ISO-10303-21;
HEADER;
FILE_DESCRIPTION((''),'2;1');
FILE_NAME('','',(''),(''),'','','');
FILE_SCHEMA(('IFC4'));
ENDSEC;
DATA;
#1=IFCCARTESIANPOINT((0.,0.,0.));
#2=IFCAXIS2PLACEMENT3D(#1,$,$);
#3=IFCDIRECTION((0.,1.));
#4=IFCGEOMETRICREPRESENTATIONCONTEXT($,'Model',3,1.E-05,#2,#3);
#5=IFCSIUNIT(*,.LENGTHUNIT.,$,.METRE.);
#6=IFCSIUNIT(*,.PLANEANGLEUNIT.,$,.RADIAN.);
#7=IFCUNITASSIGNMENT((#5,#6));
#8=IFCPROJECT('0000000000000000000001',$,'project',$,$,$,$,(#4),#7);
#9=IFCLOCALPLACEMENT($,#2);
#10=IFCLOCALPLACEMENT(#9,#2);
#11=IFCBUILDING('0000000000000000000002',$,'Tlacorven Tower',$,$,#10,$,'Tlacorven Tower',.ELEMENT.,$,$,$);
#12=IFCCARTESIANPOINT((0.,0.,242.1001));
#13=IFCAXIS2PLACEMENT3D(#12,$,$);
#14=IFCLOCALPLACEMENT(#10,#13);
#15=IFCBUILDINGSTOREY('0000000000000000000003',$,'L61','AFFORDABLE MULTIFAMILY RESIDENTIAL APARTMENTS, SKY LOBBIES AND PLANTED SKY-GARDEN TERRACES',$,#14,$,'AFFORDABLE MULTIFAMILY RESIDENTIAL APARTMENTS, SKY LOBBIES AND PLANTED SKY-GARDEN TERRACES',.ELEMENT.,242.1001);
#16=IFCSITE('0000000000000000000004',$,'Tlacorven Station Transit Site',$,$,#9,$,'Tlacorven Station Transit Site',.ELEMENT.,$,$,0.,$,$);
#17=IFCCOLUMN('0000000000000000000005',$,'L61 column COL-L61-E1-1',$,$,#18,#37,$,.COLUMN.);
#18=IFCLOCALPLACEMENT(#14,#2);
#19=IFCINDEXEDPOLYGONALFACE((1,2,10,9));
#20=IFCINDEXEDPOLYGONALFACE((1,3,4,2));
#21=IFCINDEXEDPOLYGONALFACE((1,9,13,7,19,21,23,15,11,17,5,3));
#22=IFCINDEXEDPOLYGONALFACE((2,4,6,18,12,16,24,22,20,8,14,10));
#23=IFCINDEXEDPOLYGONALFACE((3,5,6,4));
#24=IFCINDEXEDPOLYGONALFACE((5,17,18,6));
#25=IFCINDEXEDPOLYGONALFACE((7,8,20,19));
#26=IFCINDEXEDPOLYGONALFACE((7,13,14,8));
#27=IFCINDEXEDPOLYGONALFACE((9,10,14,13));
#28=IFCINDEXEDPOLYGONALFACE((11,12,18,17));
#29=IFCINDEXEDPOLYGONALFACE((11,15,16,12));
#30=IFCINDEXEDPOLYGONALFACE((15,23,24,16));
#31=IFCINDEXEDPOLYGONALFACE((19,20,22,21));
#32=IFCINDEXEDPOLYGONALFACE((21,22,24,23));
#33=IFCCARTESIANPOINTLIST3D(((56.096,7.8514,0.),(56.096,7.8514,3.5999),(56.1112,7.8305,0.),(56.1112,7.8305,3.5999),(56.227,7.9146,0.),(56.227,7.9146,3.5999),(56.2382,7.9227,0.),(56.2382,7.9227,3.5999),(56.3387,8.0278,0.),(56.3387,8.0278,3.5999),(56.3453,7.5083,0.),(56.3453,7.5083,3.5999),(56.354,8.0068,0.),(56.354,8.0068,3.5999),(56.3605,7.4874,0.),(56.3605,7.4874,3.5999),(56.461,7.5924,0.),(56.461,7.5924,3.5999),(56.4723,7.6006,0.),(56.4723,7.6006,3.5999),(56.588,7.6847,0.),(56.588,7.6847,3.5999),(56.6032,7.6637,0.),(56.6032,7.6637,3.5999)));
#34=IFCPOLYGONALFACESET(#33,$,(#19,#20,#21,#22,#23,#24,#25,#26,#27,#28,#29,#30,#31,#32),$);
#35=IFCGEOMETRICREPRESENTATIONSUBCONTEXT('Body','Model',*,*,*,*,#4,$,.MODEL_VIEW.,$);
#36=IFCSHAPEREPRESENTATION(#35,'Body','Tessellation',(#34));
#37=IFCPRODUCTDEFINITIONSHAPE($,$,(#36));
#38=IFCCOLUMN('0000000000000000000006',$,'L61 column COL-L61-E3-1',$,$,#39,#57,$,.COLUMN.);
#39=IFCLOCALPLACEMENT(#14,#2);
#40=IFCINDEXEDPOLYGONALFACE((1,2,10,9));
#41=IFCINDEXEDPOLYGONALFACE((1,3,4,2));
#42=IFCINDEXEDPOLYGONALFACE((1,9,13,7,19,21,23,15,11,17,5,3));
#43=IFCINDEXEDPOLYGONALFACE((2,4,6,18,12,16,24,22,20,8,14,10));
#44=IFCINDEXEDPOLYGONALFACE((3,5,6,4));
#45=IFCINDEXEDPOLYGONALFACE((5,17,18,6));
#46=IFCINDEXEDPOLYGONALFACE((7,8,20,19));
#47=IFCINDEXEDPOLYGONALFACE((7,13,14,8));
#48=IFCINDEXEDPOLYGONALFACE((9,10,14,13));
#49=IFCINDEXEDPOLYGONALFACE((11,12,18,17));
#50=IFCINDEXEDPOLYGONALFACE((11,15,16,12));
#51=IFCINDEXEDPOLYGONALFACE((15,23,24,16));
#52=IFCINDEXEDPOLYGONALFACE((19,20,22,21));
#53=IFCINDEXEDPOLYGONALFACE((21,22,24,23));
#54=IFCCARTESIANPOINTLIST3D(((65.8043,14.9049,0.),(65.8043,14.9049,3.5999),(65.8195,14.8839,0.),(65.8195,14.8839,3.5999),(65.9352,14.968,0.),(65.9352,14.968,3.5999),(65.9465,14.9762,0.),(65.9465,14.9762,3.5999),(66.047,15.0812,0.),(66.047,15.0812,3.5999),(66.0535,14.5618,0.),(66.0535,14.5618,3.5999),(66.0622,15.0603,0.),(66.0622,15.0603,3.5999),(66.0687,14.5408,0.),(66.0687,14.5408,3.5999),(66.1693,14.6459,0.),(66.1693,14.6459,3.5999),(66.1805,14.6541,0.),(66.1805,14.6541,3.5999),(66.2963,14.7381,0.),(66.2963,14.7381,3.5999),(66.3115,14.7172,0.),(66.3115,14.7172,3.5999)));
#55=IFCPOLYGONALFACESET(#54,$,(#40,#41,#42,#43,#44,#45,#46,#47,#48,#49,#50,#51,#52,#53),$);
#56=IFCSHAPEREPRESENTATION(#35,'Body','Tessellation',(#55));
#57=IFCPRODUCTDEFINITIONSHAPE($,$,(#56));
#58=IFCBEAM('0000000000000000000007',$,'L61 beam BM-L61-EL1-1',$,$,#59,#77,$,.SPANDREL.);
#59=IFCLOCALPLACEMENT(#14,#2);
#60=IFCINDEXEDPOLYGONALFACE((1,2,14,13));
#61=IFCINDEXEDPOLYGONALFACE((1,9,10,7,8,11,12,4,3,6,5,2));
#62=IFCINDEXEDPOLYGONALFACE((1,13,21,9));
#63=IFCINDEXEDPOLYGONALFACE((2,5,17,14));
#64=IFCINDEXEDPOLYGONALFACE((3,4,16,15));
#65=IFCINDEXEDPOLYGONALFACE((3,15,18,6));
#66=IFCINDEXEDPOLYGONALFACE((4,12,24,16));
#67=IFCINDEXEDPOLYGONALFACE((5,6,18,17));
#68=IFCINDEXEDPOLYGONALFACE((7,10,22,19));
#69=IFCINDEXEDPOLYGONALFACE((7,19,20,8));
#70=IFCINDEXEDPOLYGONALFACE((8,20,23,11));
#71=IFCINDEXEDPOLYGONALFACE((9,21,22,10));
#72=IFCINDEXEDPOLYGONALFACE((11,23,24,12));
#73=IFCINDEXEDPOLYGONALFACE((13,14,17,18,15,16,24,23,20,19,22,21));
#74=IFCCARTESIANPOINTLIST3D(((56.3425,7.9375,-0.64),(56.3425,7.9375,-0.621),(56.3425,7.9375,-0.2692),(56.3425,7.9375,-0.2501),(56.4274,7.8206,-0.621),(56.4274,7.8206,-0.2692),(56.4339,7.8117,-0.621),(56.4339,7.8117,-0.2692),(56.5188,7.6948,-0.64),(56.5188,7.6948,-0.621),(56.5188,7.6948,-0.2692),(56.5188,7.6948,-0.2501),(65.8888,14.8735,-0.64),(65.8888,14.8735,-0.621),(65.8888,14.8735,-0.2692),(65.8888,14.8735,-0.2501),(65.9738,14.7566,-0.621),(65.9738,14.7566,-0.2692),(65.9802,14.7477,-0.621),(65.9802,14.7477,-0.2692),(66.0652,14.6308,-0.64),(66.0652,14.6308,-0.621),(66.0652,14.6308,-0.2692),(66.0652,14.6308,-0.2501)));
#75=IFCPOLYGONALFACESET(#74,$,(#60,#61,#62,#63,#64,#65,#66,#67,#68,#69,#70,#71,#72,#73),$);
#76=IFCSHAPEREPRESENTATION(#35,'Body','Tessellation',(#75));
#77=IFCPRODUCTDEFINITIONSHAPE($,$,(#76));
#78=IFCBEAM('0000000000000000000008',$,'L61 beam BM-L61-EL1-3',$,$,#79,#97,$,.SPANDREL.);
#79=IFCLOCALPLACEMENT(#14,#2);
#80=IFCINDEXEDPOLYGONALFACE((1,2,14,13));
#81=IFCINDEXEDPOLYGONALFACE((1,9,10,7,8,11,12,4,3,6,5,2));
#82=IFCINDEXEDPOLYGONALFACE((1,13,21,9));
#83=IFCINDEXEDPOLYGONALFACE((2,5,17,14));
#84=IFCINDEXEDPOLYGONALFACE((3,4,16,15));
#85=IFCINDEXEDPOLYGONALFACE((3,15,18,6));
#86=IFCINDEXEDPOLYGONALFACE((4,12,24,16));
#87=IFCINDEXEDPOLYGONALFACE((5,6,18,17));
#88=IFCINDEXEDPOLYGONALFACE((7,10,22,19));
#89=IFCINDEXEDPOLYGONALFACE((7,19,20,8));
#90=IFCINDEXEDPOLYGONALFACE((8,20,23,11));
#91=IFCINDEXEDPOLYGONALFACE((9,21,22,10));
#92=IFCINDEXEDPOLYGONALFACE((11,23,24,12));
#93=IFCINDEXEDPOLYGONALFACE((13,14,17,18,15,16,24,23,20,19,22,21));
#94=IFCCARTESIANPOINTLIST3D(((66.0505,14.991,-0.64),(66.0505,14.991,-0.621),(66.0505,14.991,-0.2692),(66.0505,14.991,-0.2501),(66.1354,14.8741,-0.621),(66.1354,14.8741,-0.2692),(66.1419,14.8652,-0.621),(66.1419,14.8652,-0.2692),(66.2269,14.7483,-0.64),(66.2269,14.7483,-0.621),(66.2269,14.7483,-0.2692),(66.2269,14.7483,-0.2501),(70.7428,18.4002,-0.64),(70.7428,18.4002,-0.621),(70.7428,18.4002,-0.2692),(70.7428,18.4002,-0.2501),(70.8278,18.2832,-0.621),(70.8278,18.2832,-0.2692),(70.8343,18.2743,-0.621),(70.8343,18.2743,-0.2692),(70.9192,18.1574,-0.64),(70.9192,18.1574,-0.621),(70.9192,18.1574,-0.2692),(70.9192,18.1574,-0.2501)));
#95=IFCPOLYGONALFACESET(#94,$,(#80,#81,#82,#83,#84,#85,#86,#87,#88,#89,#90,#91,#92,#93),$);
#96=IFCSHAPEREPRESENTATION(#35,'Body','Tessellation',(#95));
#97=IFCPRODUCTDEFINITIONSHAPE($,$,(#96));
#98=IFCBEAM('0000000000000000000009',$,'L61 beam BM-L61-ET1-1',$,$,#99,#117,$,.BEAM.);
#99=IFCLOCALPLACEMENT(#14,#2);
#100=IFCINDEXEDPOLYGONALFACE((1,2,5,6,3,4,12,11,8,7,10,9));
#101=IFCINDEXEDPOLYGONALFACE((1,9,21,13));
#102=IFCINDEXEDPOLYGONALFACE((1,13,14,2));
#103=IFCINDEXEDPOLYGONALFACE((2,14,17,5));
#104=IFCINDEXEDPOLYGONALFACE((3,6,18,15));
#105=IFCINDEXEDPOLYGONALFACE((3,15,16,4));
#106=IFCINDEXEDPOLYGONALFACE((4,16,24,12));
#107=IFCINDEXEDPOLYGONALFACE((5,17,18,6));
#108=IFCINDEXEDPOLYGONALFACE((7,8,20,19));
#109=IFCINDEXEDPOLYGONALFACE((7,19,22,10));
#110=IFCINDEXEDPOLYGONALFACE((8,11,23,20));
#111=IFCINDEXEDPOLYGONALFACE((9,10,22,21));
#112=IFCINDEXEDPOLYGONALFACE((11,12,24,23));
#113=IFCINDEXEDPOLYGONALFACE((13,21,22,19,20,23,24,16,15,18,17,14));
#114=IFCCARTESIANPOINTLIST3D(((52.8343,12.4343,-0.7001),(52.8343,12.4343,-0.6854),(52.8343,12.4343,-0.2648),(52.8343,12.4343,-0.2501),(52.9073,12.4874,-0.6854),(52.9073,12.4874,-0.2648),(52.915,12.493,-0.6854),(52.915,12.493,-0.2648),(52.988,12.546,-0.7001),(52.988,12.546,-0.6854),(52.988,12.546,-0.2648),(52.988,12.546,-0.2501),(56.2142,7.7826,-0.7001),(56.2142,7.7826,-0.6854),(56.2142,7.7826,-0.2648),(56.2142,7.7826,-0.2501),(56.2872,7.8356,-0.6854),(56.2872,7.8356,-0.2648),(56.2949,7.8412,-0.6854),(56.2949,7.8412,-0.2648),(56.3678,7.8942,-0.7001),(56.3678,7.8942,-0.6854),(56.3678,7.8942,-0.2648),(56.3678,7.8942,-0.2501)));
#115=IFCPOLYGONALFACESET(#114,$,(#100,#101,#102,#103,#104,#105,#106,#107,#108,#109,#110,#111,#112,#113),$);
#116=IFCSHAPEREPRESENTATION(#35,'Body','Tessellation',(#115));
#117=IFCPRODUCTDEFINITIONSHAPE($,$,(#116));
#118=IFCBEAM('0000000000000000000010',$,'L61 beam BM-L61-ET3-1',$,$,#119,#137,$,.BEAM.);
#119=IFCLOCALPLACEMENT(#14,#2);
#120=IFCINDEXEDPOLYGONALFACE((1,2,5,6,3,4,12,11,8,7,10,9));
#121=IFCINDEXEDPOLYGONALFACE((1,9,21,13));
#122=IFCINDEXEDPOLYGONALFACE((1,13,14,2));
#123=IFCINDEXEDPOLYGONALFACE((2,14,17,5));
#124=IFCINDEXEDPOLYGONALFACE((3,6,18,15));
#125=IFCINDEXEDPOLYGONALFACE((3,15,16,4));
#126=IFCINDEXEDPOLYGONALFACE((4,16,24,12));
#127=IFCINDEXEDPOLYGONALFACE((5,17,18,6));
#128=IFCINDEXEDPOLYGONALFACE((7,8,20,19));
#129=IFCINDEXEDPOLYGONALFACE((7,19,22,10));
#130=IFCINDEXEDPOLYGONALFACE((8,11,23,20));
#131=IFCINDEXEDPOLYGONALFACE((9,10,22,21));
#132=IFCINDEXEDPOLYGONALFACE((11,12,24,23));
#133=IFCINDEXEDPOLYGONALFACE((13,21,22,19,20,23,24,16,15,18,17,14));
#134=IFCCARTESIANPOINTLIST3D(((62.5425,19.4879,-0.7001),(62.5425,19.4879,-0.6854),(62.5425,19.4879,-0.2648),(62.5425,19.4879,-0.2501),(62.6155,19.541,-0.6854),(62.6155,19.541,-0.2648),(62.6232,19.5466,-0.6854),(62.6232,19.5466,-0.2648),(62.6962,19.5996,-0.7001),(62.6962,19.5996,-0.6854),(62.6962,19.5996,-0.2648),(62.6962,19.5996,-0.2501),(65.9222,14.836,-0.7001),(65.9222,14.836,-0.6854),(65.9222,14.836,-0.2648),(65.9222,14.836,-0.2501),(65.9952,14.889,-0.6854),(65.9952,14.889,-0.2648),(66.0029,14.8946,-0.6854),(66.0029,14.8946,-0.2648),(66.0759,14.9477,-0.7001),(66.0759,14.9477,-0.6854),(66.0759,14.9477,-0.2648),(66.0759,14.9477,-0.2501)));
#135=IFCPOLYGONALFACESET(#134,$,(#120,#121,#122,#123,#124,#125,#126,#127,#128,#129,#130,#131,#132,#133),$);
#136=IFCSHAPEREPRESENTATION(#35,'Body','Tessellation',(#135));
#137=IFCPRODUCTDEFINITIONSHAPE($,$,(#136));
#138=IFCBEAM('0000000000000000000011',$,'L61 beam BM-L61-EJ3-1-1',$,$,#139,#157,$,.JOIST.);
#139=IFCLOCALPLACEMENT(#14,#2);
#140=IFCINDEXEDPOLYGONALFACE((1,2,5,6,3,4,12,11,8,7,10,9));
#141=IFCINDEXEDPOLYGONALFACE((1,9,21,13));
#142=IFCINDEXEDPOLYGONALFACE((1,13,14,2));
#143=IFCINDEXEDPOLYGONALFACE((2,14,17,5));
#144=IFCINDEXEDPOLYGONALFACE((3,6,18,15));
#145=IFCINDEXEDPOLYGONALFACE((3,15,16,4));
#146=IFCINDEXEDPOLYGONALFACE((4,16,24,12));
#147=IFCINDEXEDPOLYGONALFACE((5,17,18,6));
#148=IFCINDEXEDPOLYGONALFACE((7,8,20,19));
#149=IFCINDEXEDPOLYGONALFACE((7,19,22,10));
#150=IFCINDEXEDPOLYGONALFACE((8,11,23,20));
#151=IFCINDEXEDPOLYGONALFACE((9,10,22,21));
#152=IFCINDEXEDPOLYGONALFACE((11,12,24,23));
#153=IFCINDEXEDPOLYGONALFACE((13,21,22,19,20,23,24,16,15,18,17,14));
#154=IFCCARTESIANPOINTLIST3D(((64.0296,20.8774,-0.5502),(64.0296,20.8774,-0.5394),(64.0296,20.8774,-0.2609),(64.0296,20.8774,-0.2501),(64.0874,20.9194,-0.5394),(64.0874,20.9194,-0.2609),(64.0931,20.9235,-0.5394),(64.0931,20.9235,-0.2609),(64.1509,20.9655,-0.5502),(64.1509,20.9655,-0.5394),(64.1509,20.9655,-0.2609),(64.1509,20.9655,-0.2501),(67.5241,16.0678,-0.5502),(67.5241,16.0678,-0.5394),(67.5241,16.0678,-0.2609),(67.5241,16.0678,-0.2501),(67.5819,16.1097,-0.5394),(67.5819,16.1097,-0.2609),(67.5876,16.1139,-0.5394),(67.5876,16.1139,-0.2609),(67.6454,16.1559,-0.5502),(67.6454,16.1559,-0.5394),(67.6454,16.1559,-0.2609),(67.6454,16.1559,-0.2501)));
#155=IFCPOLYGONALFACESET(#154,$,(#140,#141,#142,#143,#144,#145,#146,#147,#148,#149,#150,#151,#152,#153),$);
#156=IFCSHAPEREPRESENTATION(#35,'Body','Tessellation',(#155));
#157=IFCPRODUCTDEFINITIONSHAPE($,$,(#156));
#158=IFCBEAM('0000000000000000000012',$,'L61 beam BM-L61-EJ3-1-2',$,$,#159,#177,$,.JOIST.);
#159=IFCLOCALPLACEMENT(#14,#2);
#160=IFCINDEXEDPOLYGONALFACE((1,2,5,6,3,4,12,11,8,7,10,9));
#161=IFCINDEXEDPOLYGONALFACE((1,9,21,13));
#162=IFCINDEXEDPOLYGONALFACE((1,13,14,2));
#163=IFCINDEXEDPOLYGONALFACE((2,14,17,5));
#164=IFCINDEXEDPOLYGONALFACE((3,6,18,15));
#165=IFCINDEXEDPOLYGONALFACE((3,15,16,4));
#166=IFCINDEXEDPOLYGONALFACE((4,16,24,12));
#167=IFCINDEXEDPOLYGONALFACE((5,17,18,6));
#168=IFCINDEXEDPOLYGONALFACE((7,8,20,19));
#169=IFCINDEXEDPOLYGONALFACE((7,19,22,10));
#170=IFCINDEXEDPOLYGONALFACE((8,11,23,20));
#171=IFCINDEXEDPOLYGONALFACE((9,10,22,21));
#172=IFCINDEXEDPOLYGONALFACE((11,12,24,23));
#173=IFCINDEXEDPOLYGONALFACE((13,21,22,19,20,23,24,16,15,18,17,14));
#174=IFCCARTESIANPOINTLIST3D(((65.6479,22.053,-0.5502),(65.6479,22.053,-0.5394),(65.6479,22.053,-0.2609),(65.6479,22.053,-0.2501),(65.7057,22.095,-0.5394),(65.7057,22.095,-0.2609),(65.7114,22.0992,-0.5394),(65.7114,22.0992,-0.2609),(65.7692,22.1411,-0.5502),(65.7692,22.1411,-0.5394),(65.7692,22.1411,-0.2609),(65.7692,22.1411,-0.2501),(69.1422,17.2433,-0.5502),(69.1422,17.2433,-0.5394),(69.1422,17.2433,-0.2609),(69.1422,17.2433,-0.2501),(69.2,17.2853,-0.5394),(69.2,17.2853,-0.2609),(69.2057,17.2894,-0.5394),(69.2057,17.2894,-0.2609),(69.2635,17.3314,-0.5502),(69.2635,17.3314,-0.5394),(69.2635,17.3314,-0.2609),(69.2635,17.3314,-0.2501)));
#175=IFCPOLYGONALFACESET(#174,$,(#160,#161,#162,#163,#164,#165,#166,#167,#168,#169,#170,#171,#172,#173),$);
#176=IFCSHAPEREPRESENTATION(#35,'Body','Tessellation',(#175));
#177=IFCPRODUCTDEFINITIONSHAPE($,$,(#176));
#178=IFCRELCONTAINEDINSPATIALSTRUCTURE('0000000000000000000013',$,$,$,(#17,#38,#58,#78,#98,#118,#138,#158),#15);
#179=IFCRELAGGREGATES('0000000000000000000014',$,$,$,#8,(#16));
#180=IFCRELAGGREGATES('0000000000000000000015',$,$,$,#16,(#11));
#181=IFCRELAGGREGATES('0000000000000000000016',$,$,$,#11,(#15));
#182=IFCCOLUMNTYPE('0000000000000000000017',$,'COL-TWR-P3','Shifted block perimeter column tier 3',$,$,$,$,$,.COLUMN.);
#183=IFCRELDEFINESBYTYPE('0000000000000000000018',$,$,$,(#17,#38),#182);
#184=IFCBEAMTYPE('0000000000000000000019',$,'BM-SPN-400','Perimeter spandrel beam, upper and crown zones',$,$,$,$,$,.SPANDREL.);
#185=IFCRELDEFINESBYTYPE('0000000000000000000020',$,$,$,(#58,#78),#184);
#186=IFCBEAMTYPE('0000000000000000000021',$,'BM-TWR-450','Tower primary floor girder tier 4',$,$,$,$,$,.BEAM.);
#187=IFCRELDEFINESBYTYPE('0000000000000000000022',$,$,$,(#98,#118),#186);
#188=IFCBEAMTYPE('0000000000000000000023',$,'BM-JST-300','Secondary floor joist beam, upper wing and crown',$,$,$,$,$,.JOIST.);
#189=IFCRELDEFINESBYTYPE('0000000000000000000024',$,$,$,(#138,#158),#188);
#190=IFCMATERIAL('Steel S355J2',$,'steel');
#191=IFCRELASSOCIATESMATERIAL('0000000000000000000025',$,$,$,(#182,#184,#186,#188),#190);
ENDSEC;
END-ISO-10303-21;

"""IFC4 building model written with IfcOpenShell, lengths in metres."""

from ifc_helpers import new_model, si_unit, direction, frame, origin, origin_2d, place, context, subcontext, project, spatial, i_section, extrude, source, transform, mapped, material, material_profile, profile_set, type_object, element, save


model = new_model("IFC4")

# Units and contexts
model_context = context("Model", 3, precision=1e-05, world=origin(), true_north=direction((0.0, 1.0)))
body_context = subcontext(model_context, "Body", "Model", "MODEL_VIEW")
ifc_project = project(units=[si_unit("LENGTHUNIT", "METRE"), si_unit("PLANEANGLEUNIT", "RADIAN")], contexts=[model_context])

# Site, building, storey
site_placement = place(None, origin())
site = spatial("IfcSite", under=ifc_project, at=site_placement, Name="Tlacorven Station Transit Site", LongName="Tlacorven Station Transit Site", CompositionType="ELEMENT", RefElevation=0.0)
building_placement = place(site_placement, origin())
building = spatial("IfcBuilding", under=site, at=building_placement, Name="Tlacorven Tower", LongName="Tlacorven Tower", CompositionType="ELEMENT")
storey_placement = place(building_placement, frame((0.0, 0.0, 242.1001)))
storey = spatial("IfcBuildingStorey", under=building, at=storey_placement, Name="L61", Description="AFFORDABLE MULTIFAMILY RESIDENTIAL APARTMENTS, SKY LOBBIES AND PLANTED SKY-GARDEN TERRACES", LongName="AFFORDABLE MULTIFAMILY RESIDENTIAL APARTMENTS, SKY LOBBIES AND PLANTED SKY-GARDEN TERRACES", CompositionType="ELEMENT", Elevation=242.1001)

# Columns
ifc_material_1 = material(Name="Steel S355J2", Category="steel")
ifc_material_profile_1 = material_profile(ifc_material_1, i_section(OverallWidth=0.3, OverallDepth=0.45, WebThickness=0.0139, FlangeThickness=0.0259, at=origin_2d()), Name="HEB 450")
ifc_profile_set_1 = profile_set([ifc_material_profile_1], Name="Steel S355J2")
column_type = type_object("IfcColumnType", Name="COL-TWR-P3", Description="Shifted block perimeter column tier 3", PredefinedType="COLUMN", material=ifc_profile_set_1)
shared_shape_1 = source(origin(), body_context, "Body", "SweptSolid", [
    extrude(i_section(OverallWidth=0.3, OverallDepth=0.45, WebThickness=0.0139, FlangeThickness=0.0259, at=origin_2d()), origin(), (0.0, 0.0, 1.0), 3.5999),
])
for number, where, z_axis, x_axis, name in (
    (1, (56.3496, 7.7576, 0.0), (0.0, 0.0, 1.0), (0.809017, 0.587785, 0.0), "L61 column COL-L61-E1-1"),
    (2, (66.0579, 14.811, 0.0), (0.0, 0.0, 1.0), (0.809017, 0.587785, 0.0), "L61 column COL-L61-E3-1"),
):
    element("IfcColumn", number, at=place(storey_placement, frame(where, z_axis=z_axis, x_axis=x_axis)), inside=storey, type_object=column_type, Name=name, PredefinedType="COLUMN", context=body_context, shape_type="MappedRepresentation", body=[
        mapped(shared_shape_1, transform((0.0, 0.0, 0.0), scale=1.0)),
    ])

# Beams
ifc_material_profile_2 = material_profile(ifc_material_1, i_section(OverallWidth=0.3, OverallDepth=0.3899, WebThickness=0.011, FlangeThickness=0.019, at=origin_2d()), Name="HEA 400")
ifc_profile_set_2 = profile_set([ifc_material_profile_2], Name="Steel S355J2")
beam_type_1 = type_object("IfcBeamType", Name="BM-SPN-400", Description="Perimeter spandrel beam, upper and crown zones", PredefinedType="SPANDREL", material=ifc_profile_set_2)
shared_shape_2 = source(origin(), body_context, "Body", "SweptSolid", [
    extrude(i_section(OverallWidth=0.3, OverallDepth=0.3899, WebThickness=0.011, FlangeThickness=0.019, at=origin_2d()), origin(), (0.0, 0.0, 1.0), 11.8),
])
beam_1_placement = place(storey_placement, frame((56.4307, 7.8162, -0.4451), z_axis=(0.80901, 0.587795, 0.0), x_axis=(-0.587795, 0.80901, 0.0)))
element("IfcBeam", 3, at=beam_1_placement, inside=storey, type_object=beam_type_1, Name="L61 beam BM-L61-EL1-1", PredefinedType="SPANDREL", context=body_context, shape_type="MappedRepresentation", body=[
    mapped(shared_shape_2, transform((0.0, 0.0, 0.0), scale=1.0)),
])
shared_shape_3 = source(origin(), body_context, "Body", "SweptSolid", [
    extrude(i_section(OverallWidth=0.3, OverallDepth=0.3899, WebThickness=0.011, FlangeThickness=0.019, at=origin_2d()), origin(), (0.0, 0.0, 1.0), 5.8),
])
beam_2_placement = place(storey_placement, frame((66.1387, 14.8696, -0.4451), z_axis=(0.80902, 0.587781, 0.0), x_axis=(-0.587781, 0.80902, 0.0)))
element("IfcBeam", 4, at=beam_2_placement, inside=storey, type_object=beam_type_1, Name="L61 beam BM-L61-EL1-3", PredefinedType="SPANDREL", context=body_context, shape_type="MappedRepresentation", body=[
    mapped(shared_shape_3, transform((0.0, 0.0, 0.0), scale=1.0)),
])
ifc_material_profile_3 = material_profile(ifc_material_1, i_section(OverallWidth=0.1899, OverallDepth=0.45, WebThickness=0.0095, FlangeThickness=0.0146, at=origin_2d()), Name="IPE 450")
ifc_profile_set_3 = profile_set([ifc_material_profile_3], Name="Steel S355J2")
beam_type_2 = type_object("IfcBeamType", Name="BM-TWR-450", Description="Tower primary floor girder tier 4", PredefinedType="BEAM", material=ifc_profile_set_3)
shared_shape_4 = source(origin(), body_context, "Body", "SweptSolid", [
    extrude(i_section(OverallWidth=0.1899, OverallDepth=0.45, WebThickness=0.0095, FlangeThickness=0.0146, at=origin_2d()), origin(), (0.0, 0.0, 1.0), 5.75),
])
for number, where, z_axis, x_axis, name in (
    (5, (56.291, 7.8384, -0.4751), (-0.587798, 0.809008, 0.0), (-0.809008, -0.587798, 0.0), "L61 beam BM-L61-ET1-1"),
    (6, (65.999, 14.8918, -0.4751), (-0.58777, 0.809028, 0.0), (-0.809028, -0.58777, 0.0), "L61 beam BM-L61-ET3-1"),
):
    element("IfcBeam", number, at=place(storey_placement, frame(where, z_axis=z_axis, x_axis=x_axis)), inside=storey, type_object=beam_type_2, Name=name, PredefinedType="BEAM", context=body_context, shape_type="MappedRepresentation", body=[
        mapped(shared_shape_4, transform((0.0, 0.0, 0.0), scale=1.0)),
    ])
ifc_material_profile_4 = material_profile(ifc_material_1, i_section(OverallWidth=0.1499, OverallDepth=0.3, WebThickness=0.0071, FlangeThickness=0.0107, at=origin_2d()), Name="IPE 300")
ifc_profile_set_4 = profile_set([ifc_material_profile_4], Name="Steel S355J2")
beam_type_3 = type_object("IfcBeamType", Name="BM-JST-300", Description="Secondary floor joist beam, upper wing and crown", PredefinedType="JOIST", material=ifc_profile_set_4)
shared_shape_5 = source(origin(), body_context, "Body", "SweptSolid", [
    extrude(i_section(OverallWidth=0.1499, OverallDepth=0.3, WebThickness=0.0071, FlangeThickness=0.0107, at=origin_2d()), origin(), (0.0, 0.0, 1.0), 5.9451),
])
for number, where, z_axis, x_axis, name in (
    (7, (67.5847, 16.1118, -0.4001), (-0.587788, 0.809015, 0.0), (-0.809015, -0.587788, 0.0), "L61 beam BM-L61-EJ3-1-1"),
    (8, (69.2029, 17.2874, -0.4001), (-0.587769, 0.809029, 0.0), (-0.809029, -0.587769, 0.0), "L61 beam BM-L61-EJ3-1-2"),
):
    element("IfcBeam", number, at=place(storey_placement, frame(where, z_axis=z_axis, x_axis=x_axis)), inside=storey, type_object=beam_type_3, Name=name, PredefinedType="JOIST", context=body_context, shape_type="MappedRepresentation", body=[
        mapped(shared_shape_5, transform((0.0, 0.0, 0.0), scale=1.0)),
    ])

save(model, "model.ifc")
